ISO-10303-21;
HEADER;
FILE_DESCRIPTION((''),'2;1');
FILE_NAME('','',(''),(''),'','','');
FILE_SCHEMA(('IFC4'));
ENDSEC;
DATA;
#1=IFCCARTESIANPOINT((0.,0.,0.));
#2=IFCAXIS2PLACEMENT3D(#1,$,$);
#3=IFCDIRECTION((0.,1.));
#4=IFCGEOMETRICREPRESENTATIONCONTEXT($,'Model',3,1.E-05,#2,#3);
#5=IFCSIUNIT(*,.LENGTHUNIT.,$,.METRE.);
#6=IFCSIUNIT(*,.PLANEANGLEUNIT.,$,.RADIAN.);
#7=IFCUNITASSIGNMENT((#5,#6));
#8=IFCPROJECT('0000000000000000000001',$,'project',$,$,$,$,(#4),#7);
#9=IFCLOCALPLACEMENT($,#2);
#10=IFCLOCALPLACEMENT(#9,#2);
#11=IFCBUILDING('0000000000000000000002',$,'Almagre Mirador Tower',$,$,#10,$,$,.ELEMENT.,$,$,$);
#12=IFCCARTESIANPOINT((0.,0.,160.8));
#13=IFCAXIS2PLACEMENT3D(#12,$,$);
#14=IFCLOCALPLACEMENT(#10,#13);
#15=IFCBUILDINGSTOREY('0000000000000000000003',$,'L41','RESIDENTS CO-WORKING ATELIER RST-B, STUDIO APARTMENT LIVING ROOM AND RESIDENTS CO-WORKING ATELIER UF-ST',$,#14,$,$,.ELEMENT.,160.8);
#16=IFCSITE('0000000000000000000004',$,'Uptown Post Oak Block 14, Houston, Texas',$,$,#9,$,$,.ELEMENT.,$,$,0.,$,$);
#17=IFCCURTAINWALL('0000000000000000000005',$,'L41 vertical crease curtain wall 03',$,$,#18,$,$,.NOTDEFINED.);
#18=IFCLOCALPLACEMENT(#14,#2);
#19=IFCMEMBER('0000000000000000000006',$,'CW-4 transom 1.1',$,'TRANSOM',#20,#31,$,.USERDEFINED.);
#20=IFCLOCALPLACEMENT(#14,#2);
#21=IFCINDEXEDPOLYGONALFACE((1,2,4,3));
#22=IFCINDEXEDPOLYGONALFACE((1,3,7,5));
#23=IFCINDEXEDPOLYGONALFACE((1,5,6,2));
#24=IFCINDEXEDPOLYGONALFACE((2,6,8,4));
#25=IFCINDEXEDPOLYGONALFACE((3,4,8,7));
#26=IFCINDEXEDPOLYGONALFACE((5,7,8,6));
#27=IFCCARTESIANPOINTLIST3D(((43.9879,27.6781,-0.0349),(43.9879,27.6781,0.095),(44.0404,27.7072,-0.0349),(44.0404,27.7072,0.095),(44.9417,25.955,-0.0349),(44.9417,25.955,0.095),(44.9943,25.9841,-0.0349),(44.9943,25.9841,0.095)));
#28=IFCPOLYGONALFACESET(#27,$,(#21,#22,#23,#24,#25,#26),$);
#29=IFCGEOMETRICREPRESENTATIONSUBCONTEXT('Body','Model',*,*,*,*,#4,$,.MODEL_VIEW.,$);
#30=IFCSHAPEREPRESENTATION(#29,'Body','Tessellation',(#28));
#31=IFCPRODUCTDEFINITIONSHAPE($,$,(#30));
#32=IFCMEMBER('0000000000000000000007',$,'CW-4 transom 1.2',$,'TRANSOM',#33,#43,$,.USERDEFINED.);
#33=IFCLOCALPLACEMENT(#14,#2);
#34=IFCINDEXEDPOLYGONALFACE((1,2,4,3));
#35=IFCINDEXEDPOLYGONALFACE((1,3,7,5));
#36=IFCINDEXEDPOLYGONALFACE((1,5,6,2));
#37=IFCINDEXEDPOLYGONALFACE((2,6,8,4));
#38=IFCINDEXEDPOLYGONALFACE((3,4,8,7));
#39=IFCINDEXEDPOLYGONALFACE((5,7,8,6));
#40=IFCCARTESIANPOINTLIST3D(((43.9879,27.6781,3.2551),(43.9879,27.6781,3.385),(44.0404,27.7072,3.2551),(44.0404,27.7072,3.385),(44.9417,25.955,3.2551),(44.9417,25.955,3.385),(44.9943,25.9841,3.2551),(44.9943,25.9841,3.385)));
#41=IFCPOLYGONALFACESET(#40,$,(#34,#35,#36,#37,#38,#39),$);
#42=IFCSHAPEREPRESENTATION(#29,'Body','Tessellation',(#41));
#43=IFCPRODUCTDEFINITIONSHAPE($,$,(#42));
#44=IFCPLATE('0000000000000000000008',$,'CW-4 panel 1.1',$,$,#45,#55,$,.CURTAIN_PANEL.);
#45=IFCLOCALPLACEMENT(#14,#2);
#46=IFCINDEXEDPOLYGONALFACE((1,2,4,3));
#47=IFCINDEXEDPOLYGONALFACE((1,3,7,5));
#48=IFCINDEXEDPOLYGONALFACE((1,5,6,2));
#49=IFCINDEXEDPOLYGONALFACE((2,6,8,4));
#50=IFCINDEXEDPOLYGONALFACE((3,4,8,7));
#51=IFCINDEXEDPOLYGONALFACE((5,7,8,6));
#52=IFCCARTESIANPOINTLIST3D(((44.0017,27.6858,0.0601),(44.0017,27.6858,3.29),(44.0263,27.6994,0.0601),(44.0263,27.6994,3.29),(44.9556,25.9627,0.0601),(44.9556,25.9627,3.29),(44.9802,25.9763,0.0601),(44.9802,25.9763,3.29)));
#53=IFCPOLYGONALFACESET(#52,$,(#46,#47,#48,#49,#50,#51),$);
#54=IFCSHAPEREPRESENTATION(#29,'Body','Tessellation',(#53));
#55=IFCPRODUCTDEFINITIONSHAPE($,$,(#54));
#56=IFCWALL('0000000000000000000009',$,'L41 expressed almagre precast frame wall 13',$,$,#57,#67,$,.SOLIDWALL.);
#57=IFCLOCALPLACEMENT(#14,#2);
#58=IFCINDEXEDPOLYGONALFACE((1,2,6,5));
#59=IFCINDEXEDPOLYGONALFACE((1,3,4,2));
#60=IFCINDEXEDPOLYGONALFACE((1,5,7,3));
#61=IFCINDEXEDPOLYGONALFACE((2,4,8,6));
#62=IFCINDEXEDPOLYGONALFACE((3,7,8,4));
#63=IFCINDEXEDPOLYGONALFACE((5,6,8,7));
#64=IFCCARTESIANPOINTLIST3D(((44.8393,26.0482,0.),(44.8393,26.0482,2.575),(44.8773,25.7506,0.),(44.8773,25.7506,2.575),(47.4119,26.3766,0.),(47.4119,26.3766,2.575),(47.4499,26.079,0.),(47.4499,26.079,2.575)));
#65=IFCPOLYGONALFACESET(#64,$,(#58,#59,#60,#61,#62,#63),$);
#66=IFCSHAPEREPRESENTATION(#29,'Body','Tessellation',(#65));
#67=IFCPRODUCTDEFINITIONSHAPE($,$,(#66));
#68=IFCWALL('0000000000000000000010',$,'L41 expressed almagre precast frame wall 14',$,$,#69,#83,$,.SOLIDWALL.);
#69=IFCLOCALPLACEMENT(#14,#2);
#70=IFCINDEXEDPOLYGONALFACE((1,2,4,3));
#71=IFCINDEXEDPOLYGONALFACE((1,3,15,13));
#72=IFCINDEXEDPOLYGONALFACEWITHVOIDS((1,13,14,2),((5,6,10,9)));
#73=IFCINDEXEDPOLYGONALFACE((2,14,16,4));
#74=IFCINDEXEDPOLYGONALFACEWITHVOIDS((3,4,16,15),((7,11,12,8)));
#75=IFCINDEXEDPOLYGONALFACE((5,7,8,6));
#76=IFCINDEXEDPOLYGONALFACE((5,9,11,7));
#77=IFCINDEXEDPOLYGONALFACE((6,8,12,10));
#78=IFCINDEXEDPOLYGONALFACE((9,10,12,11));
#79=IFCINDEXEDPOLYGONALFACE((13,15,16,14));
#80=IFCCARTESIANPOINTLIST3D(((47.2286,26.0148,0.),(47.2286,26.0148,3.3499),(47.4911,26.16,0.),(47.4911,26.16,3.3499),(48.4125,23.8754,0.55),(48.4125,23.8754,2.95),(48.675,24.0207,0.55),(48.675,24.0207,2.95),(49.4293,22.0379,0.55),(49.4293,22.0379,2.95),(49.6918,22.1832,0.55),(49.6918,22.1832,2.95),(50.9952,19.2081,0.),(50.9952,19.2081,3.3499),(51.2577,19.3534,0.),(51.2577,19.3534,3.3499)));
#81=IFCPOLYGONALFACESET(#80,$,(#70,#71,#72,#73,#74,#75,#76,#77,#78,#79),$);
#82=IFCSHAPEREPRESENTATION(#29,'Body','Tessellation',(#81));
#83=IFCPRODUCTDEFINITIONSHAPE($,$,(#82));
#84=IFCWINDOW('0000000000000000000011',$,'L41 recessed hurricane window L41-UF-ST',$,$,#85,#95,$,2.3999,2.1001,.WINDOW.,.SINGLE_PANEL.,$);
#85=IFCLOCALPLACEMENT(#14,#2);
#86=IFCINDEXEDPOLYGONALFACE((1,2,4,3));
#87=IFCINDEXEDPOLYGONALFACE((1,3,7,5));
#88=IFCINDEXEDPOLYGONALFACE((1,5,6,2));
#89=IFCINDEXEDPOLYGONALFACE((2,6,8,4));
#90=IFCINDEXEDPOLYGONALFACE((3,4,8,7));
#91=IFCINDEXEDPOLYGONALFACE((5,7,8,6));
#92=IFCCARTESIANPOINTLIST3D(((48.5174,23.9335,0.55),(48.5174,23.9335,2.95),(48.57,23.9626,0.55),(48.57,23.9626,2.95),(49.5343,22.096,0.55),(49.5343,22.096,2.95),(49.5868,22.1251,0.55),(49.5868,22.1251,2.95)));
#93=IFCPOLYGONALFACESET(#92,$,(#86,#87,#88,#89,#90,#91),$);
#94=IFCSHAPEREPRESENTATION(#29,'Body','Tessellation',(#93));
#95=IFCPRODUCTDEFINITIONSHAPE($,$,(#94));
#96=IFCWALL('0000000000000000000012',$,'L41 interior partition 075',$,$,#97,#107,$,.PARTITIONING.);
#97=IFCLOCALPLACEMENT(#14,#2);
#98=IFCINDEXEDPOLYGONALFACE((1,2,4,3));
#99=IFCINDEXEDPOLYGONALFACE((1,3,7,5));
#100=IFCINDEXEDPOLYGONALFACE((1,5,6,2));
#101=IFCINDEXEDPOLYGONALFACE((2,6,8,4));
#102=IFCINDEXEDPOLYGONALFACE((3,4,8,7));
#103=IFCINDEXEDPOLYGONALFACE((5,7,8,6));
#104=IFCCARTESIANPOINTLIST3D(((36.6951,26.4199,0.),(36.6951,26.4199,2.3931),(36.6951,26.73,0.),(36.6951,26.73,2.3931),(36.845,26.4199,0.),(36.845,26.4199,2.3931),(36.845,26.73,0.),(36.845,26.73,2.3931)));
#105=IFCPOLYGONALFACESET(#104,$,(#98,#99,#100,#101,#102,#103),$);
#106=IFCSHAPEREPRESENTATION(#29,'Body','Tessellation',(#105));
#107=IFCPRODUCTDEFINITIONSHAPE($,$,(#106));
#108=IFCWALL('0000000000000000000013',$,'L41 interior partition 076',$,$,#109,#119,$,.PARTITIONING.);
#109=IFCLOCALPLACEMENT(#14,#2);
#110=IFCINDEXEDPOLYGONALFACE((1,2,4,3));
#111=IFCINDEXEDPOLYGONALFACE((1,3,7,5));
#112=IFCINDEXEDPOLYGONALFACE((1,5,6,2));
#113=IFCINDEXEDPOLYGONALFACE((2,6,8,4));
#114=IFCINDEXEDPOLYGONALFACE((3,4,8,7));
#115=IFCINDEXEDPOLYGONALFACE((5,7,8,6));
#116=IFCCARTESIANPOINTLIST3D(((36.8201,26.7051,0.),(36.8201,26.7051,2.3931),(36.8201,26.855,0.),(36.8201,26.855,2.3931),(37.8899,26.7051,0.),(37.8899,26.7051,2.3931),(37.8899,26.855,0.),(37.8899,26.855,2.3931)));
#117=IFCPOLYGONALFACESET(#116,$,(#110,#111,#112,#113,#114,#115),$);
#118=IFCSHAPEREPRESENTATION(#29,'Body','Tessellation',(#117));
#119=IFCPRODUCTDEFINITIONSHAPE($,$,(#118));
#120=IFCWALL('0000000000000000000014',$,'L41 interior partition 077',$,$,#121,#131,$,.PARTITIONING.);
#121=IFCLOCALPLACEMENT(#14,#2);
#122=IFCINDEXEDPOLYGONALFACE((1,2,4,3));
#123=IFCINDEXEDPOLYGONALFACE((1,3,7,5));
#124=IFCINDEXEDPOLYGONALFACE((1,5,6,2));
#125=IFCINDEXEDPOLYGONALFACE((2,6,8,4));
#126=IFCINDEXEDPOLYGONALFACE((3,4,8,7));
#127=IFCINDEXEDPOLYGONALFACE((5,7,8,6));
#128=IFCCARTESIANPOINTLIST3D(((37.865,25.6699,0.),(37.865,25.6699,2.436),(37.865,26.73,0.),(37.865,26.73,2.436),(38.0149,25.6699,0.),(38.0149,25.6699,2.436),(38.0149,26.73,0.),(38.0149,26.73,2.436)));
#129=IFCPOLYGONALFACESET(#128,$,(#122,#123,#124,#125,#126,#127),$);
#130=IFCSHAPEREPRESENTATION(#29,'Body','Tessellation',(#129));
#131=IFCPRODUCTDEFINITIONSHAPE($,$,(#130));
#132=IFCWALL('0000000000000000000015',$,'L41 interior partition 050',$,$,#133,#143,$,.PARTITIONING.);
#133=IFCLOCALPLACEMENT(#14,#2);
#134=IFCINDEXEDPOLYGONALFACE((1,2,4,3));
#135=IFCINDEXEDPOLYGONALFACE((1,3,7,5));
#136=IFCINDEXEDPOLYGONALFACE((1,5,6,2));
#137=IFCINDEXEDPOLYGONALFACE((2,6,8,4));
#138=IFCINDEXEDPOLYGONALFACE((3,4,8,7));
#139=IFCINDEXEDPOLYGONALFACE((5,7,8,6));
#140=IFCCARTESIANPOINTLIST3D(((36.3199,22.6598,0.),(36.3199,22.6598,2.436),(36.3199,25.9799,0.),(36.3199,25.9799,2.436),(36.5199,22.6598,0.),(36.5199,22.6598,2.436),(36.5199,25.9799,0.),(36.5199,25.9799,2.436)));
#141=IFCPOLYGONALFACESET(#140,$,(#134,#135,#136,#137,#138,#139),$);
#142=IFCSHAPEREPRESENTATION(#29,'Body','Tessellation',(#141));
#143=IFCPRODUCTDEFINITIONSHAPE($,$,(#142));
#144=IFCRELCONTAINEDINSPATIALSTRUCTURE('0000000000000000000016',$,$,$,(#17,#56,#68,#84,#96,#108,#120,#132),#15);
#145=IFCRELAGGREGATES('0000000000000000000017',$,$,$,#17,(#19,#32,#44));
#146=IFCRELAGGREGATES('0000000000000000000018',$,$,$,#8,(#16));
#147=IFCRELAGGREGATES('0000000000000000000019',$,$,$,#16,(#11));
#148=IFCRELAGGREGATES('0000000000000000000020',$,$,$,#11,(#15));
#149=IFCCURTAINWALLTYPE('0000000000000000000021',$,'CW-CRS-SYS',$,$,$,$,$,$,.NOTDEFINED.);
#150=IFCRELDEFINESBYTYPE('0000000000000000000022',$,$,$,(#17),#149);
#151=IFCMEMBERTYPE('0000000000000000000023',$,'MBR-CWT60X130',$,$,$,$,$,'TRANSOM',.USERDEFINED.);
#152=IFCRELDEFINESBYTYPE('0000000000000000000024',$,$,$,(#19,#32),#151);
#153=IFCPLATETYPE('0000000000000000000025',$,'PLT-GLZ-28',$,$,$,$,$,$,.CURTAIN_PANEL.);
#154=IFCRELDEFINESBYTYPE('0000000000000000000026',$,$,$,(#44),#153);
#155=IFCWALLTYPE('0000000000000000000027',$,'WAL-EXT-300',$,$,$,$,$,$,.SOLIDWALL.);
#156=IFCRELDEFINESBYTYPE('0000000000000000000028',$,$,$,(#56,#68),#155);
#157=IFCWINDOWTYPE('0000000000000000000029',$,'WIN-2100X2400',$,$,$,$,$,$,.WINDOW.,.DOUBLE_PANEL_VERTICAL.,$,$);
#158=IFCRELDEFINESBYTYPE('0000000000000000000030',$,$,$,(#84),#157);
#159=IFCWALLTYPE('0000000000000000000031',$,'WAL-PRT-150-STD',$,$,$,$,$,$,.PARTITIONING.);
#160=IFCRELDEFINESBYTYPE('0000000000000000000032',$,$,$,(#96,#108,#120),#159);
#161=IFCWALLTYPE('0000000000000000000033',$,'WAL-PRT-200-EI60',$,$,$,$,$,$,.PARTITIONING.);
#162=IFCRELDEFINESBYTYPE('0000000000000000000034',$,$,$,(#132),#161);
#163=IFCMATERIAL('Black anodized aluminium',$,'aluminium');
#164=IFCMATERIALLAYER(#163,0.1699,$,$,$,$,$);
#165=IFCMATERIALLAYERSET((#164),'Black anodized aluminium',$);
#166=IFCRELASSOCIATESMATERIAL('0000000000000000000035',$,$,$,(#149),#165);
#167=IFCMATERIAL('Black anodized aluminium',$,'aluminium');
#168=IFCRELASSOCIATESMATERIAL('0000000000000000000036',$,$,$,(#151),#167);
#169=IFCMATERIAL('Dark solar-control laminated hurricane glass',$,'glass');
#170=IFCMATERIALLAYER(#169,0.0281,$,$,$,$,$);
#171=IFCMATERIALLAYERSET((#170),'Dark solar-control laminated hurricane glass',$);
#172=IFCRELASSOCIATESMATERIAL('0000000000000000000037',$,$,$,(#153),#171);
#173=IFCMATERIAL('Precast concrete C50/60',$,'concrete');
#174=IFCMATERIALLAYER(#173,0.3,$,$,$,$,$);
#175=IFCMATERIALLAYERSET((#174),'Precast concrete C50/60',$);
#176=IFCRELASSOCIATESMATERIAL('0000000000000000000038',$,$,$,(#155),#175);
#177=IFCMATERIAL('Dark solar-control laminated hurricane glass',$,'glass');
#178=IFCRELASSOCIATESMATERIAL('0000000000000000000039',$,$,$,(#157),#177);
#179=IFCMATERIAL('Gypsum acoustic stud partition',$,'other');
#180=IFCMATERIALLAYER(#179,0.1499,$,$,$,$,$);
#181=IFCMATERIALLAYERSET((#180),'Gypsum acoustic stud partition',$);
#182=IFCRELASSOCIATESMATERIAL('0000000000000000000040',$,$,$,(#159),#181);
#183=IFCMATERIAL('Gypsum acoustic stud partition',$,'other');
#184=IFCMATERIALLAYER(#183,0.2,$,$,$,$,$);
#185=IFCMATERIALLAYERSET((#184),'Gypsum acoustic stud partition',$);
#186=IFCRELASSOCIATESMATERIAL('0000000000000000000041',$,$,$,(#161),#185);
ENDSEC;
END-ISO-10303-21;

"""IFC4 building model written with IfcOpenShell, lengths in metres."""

from ifc_helpers import new_model, si_unit, direction, frame, frame_2d, origin, origin_2d, place, context, subcontext, project, spatial, rectangle, extrude, material, layer, layer_set, material_profile, profile_set, type_object, element, fill, aggregate, save


model = new_model("IFC4")

# Units and contexts
model_context = context("Model", 3, precision=1e-05, world=origin(), true_north=direction((0.0, 1.0)))
body_context = subcontext(model_context, "Body", "Model", "MODEL_VIEW")
ifc_project = project(units=[si_unit("LENGTHUNIT", "METRE"), si_unit("PLANEANGLEUNIT", "RADIAN")], contexts=[model_context])

# Site, building, storey
site_placement = place(None, origin())
site = spatial("IfcSite", under=ifc_project, at=site_placement, Name="Uptown Post Oak Block 14, Houston, Texas", CompositionType="ELEMENT", RefElevation=0.0)
building_placement = place(site_placement, origin())
building = spatial("IfcBuilding", under=site, at=building_placement, Name="Almagre Mirador Tower", CompositionType="ELEMENT")
storey_placement = place(building_placement, frame((0.0, 0.0, 160.8)))
storey = spatial("IfcBuildingStorey", under=building, at=storey_placement, Name="L41", Description="RESIDENTS CO-WORKING ATELIER RST-B, STUDIO APARTMENT LIVING ROOM AND RESIDENTS CO-WORKING ATELIER UF-ST", CompositionType="ELEMENT", Elevation=160.8)

# Curtain wall, members, plate
ifc_material_1 = material(Name="Black anodized aluminium", Category="aluminium")
ifc_layer_1 = layer(ifc_material_1, 0.1699)
ifc_layer_set_1 = layer_set([ifc_layer_1], Name="Black anodized aluminium")
curtain_wall_type = type_object("IfcCurtainWallType", Name="CW-CRS-SYS", PredefinedType="NOTDEFINED", material=ifc_layer_set_1)
curtain_wall_placement = place(storey_placement, origin())
curtain_wall = element("IfcCurtainWall", 1, at=curtain_wall_placement, inside=storey, type_object=curtain_wall_type, Name="L41 vertical crease curtain wall 03", PredefinedType="NOTDEFINED")
ifc_material_2 = material(Name="Black anodized aluminium", Category="aluminium")
ifc_material_profile_1 = material_profile(ifc_material_2, rectangle(XDim=0.0601, YDim=0.1299, at=origin_2d()), Name="CWT60X130")
ifc_profile_set_1 = profile_set([ifc_material_profile_1], Name="Black anodized aluminium")
member_type_1 = type_object("IfcMemberType", Name="MBR-CWT60X130", ElementType="TRANSOM", PredefinedType="USERDEFINED", material=ifc_profile_set_1)
member_1_placement = place(storey_placement, frame((44.0142, 27.6926, 0.03), z_axis=(0.484306, -0.874899, 0.0), x_axis=(0.874899, 0.484306, 0.0)))
member_1 = element("IfcMember", 2, at=member_1_placement, type_object=member_type_1, Name="CW-4 transom 1.1", ObjectType="TRANSOM", PredefinedType="USERDEFINED", context=body_context, shape_type="SweptSolid", body=[
    extrude(rectangle(XDim=0.0601, YDim=0.1299, at=origin_2d()), origin(), (0.0, 0.0, 1.0), 1.9695),
])
member_2_placement = place(storey_placement, frame((44.0142, 27.6926, 3.3201), z_axis=(0.484306, -0.874899, 0.0), x_axis=(0.874899, 0.484306, 0.0)))
member_2 = element("IfcMember", 3, at=member_2_placement, type_object=member_type_1, Name="CW-4 transom 1.2", ObjectType="TRANSOM", PredefinedType="USERDEFINED", context=body_context, shape_type="SweptSolid", body=[
    extrude(rectangle(XDim=0.0601, YDim=0.1299, at=origin_2d()), origin(), (0.0, 0.0, 1.0), 1.9695),
])
ifc_material_3 = material(Name="Dark solar-control laminated hurricane glass", Category="glass")
ifc_layer_2 = layer(ifc_material_3, 0.0281)
ifc_layer_set_2 = layer_set([ifc_layer_2], Name="Dark solar-control laminated hurricane glass")
plate_type = type_object("IfcPlateType", Name="PLT-GLZ-28", PredefinedType="CURTAIN_PANEL", material=ifc_layer_set_2)
plate_placement = place(storey_placement, frame((44.491, 26.8311, 0.0601), z_axis=(0.0, 0.0, 1.0), x_axis=(0.484342, -0.874879, 0.0)))
plate = element("IfcPlate", 4, at=plate_placement, type_object=plate_type, Name="CW-4 panel 1.1", PredefinedType="CURTAIN_PANEL", context=body_context, shape_type="SweptSolid", body=[
    extrude(rectangle(XDim=1.9695, YDim=0.0281, at=origin_2d()), origin(), (0.0, 0.0, 1.0), 3.23),
])
aggregate(curtain_wall, [member_1, member_2, plate])

# Wall
ifc_material_4 = material(Name="Precast concrete C50/60", Category="concrete")
ifc_layer_3 = layer(ifc_material_4, 0.3)
ifc_layer_set_3 = layer_set([ifc_layer_3], Name="Precast concrete C50/60")
wall_type_1 = type_object("IfcWallType", Name="WAL-EXT-300", PredefinedType="SOLIDWALL", material=ifc_layer_set_3)
wall_1_placement = place(storey_placement, frame((44.8582, 25.8994, 0.0), z_axis=(0.0, 0.0, 1.0), x_axis=(0.991953, 0.126606, 0.0)))
element("IfcWall", 5, at=wall_1_placement, inside=storey, type_object=wall_type_1, Name="L41 expressed almagre precast frame wall 13", PredefinedType="SOLIDWALL", context=body_context, shape_type="SweptSolid", body=[
    extrude(rectangle(XDim=2.5935, YDim=0.3, at=frame_2d((1.2969, 0.0))), origin(), (0.0, 0.0, 1.0), 2.575),
])

# Wall, opening, window
wall_2_placement = place(storey_placement, frame((47.3599, 26.0874, 0.0), z_axis=(0.0, 0.0, 1.0), x_axis=(0.484182, -0.874967, 0.0)))
wall_2 = element("IfcWall", 6, at=wall_2_placement, inside=storey, type_object=wall_type_1, Name="L41 expressed almagre precast frame wall 14", PredefinedType="SOLIDWALL", context=body_context, shape_type="SweptSolid", body=[
    extrude(rectangle(XDim=7.7793, YDim=0.3, at=frame_2d((3.8896, 0.0))), origin(), (0.0, 0.0, 1.0), 3.3499),
])
opening_placement = place(wall_2_placement, frame((2.4451, 0.0, 0.55)))
opening = element("IfcOpeningElement", 7, at=opening_placement, cuts=wall_2, PredefinedType="OPENING", context=body_context, shape_type="SweptSolid", body=[
    extrude(rectangle(XDim=2.1001, YDim=2.3999, at=frame_2d((1.05, 1.2))), frame((0.0, 0.1599, 0.0), z_axis=(0.0, -1.0, 0.0), x_axis=(1.0, 0.0, 0.0)), (0.0, 0.0, 1.0), 0.32),
])
ifc_material_5 = material(Name="Dark solar-control laminated hurricane glass", Category="glass")
window_type = type_object("IfcWindowType", Name="WIN-2100X2400", PartitioningType="DOUBLE_PANEL_VERTICAL", PredefinedType="WINDOW", material=ifc_material_5)
window_placement = place(opening_placement, origin())
window = element("IfcWindow", 8, at=window_placement, inside=storey, type_object=window_type, Name="L41 recessed hurricane window L41-UF-ST", OverallHeight=2.3999, OverallWidth=2.1001, PartitioningType="SINGLE_PANEL", PredefinedType="WINDOW", context=body_context, shape_type="SweptSolid", body=[
    extrude(rectangle(XDim=2.1001, YDim=2.3999, at=frame_2d((1.05, 1.2))), frame((0.0, 0.03, 0.0), z_axis=(0.0, -1.0, 0.0), x_axis=(1.0, 0.0, 0.0)), (0.0, 0.0, 1.0), 0.0601),
])
fill(opening, window)

# Walls
ifc_material_6 = material(Name="Gypsum acoustic stud partition", Category="other")
ifc_layer_4 = layer(ifc_material_6, 0.1499)
ifc_layer_set_4 = layer_set([ifc_layer_4], Name="Gypsum acoustic stud partition")
wall_type_2 = type_object("IfcWallType", Name="WAL-PRT-150-STD", PredefinedType="PARTITIONING", material=ifc_layer_set_4)
wall_3_placement = place(storey_placement, frame((36.77, 26.4199, 0.0), z_axis=(0.0, 0.0, 1.0), x_axis=(0.0, 1.0, 0.0)))
element("IfcWall", 9, at=wall_3_placement, inside=storey, type_object=wall_type_2, Name="L41 interior partition 075", PredefinedType="PARTITIONING", context=body_context, shape_type="SweptSolid", body=[
    extrude(rectangle(XDim=0.3101, YDim=0.1499, at=frame_2d((0.155, 0.0))), origin(), (0.0, 0.0, 1.0), 2.3931),
])
wall_4_placement = place(storey_placement, frame((36.8201, 26.78, 0.0), z_axis=(0.0, 0.0, 1.0), x_axis=(1.0, 0.0, 0.0)))
element("IfcWall", 10, at=wall_4_placement, inside=storey, type_object=wall_type_2, Name="L41 interior partition 076", PredefinedType="PARTITIONING", context=body_context, shape_type="SweptSolid", body=[
    extrude(rectangle(XDim=1.0698, YDim=0.1499, at=frame_2d((0.5349, 0.0))), origin(), (0.0, 0.0, 1.0), 2.3931),
])
wall_5_placement = place(storey_placement, frame((37.9399, 26.73, 0.0), z_axis=(0.0, 0.0, 1.0), x_axis=(0.0, -1.0, 0.0)))
element("IfcWall", 11, at=wall_5_placement, inside=storey, type_object=wall_type_2, Name="L41 interior partition 077", PredefinedType="PARTITIONING", context=body_context, shape_type="SweptSolid", body=[
    extrude(rectangle(XDim=1.0601, YDim=0.1499, at=frame_2d((0.53, 0.0))), origin(), (0.0, 0.0, 1.0), 2.436),
])
ifc_material_7 = material(Name="Gypsum acoustic stud partition", Category="other")
ifc_layer_5 = layer(ifc_material_7, 0.2)
ifc_layer_set_5 = layer_set([ifc_layer_5], Name="Gypsum acoustic stud partition")
wall_type_3 = type_object("IfcWallType", Name="WAL-PRT-200-EI60", PredefinedType="PARTITIONING", material=ifc_layer_set_5)
wall_6_placement = place(storey_placement, frame((36.4199, 25.98, 0.0), z_axis=(0.0, 0.0, 1.0), x_axis=(0.0, -1.0, 0.0)))
element("IfcWall", 12, at=wall_6_placement, inside=storey, type_object=wall_type_3, Name="L41 interior partition 050", PredefinedType="PARTITIONING", context=body_context, shape_type="SweptSolid", body=[
    extrude(rectangle(XDim=3.3201, YDim=0.2, at=frame_2d((1.6602, 0.0))), origin(), (0.0, 0.0, 1.0), 2.436),
])

save(model, "model.ifc")
